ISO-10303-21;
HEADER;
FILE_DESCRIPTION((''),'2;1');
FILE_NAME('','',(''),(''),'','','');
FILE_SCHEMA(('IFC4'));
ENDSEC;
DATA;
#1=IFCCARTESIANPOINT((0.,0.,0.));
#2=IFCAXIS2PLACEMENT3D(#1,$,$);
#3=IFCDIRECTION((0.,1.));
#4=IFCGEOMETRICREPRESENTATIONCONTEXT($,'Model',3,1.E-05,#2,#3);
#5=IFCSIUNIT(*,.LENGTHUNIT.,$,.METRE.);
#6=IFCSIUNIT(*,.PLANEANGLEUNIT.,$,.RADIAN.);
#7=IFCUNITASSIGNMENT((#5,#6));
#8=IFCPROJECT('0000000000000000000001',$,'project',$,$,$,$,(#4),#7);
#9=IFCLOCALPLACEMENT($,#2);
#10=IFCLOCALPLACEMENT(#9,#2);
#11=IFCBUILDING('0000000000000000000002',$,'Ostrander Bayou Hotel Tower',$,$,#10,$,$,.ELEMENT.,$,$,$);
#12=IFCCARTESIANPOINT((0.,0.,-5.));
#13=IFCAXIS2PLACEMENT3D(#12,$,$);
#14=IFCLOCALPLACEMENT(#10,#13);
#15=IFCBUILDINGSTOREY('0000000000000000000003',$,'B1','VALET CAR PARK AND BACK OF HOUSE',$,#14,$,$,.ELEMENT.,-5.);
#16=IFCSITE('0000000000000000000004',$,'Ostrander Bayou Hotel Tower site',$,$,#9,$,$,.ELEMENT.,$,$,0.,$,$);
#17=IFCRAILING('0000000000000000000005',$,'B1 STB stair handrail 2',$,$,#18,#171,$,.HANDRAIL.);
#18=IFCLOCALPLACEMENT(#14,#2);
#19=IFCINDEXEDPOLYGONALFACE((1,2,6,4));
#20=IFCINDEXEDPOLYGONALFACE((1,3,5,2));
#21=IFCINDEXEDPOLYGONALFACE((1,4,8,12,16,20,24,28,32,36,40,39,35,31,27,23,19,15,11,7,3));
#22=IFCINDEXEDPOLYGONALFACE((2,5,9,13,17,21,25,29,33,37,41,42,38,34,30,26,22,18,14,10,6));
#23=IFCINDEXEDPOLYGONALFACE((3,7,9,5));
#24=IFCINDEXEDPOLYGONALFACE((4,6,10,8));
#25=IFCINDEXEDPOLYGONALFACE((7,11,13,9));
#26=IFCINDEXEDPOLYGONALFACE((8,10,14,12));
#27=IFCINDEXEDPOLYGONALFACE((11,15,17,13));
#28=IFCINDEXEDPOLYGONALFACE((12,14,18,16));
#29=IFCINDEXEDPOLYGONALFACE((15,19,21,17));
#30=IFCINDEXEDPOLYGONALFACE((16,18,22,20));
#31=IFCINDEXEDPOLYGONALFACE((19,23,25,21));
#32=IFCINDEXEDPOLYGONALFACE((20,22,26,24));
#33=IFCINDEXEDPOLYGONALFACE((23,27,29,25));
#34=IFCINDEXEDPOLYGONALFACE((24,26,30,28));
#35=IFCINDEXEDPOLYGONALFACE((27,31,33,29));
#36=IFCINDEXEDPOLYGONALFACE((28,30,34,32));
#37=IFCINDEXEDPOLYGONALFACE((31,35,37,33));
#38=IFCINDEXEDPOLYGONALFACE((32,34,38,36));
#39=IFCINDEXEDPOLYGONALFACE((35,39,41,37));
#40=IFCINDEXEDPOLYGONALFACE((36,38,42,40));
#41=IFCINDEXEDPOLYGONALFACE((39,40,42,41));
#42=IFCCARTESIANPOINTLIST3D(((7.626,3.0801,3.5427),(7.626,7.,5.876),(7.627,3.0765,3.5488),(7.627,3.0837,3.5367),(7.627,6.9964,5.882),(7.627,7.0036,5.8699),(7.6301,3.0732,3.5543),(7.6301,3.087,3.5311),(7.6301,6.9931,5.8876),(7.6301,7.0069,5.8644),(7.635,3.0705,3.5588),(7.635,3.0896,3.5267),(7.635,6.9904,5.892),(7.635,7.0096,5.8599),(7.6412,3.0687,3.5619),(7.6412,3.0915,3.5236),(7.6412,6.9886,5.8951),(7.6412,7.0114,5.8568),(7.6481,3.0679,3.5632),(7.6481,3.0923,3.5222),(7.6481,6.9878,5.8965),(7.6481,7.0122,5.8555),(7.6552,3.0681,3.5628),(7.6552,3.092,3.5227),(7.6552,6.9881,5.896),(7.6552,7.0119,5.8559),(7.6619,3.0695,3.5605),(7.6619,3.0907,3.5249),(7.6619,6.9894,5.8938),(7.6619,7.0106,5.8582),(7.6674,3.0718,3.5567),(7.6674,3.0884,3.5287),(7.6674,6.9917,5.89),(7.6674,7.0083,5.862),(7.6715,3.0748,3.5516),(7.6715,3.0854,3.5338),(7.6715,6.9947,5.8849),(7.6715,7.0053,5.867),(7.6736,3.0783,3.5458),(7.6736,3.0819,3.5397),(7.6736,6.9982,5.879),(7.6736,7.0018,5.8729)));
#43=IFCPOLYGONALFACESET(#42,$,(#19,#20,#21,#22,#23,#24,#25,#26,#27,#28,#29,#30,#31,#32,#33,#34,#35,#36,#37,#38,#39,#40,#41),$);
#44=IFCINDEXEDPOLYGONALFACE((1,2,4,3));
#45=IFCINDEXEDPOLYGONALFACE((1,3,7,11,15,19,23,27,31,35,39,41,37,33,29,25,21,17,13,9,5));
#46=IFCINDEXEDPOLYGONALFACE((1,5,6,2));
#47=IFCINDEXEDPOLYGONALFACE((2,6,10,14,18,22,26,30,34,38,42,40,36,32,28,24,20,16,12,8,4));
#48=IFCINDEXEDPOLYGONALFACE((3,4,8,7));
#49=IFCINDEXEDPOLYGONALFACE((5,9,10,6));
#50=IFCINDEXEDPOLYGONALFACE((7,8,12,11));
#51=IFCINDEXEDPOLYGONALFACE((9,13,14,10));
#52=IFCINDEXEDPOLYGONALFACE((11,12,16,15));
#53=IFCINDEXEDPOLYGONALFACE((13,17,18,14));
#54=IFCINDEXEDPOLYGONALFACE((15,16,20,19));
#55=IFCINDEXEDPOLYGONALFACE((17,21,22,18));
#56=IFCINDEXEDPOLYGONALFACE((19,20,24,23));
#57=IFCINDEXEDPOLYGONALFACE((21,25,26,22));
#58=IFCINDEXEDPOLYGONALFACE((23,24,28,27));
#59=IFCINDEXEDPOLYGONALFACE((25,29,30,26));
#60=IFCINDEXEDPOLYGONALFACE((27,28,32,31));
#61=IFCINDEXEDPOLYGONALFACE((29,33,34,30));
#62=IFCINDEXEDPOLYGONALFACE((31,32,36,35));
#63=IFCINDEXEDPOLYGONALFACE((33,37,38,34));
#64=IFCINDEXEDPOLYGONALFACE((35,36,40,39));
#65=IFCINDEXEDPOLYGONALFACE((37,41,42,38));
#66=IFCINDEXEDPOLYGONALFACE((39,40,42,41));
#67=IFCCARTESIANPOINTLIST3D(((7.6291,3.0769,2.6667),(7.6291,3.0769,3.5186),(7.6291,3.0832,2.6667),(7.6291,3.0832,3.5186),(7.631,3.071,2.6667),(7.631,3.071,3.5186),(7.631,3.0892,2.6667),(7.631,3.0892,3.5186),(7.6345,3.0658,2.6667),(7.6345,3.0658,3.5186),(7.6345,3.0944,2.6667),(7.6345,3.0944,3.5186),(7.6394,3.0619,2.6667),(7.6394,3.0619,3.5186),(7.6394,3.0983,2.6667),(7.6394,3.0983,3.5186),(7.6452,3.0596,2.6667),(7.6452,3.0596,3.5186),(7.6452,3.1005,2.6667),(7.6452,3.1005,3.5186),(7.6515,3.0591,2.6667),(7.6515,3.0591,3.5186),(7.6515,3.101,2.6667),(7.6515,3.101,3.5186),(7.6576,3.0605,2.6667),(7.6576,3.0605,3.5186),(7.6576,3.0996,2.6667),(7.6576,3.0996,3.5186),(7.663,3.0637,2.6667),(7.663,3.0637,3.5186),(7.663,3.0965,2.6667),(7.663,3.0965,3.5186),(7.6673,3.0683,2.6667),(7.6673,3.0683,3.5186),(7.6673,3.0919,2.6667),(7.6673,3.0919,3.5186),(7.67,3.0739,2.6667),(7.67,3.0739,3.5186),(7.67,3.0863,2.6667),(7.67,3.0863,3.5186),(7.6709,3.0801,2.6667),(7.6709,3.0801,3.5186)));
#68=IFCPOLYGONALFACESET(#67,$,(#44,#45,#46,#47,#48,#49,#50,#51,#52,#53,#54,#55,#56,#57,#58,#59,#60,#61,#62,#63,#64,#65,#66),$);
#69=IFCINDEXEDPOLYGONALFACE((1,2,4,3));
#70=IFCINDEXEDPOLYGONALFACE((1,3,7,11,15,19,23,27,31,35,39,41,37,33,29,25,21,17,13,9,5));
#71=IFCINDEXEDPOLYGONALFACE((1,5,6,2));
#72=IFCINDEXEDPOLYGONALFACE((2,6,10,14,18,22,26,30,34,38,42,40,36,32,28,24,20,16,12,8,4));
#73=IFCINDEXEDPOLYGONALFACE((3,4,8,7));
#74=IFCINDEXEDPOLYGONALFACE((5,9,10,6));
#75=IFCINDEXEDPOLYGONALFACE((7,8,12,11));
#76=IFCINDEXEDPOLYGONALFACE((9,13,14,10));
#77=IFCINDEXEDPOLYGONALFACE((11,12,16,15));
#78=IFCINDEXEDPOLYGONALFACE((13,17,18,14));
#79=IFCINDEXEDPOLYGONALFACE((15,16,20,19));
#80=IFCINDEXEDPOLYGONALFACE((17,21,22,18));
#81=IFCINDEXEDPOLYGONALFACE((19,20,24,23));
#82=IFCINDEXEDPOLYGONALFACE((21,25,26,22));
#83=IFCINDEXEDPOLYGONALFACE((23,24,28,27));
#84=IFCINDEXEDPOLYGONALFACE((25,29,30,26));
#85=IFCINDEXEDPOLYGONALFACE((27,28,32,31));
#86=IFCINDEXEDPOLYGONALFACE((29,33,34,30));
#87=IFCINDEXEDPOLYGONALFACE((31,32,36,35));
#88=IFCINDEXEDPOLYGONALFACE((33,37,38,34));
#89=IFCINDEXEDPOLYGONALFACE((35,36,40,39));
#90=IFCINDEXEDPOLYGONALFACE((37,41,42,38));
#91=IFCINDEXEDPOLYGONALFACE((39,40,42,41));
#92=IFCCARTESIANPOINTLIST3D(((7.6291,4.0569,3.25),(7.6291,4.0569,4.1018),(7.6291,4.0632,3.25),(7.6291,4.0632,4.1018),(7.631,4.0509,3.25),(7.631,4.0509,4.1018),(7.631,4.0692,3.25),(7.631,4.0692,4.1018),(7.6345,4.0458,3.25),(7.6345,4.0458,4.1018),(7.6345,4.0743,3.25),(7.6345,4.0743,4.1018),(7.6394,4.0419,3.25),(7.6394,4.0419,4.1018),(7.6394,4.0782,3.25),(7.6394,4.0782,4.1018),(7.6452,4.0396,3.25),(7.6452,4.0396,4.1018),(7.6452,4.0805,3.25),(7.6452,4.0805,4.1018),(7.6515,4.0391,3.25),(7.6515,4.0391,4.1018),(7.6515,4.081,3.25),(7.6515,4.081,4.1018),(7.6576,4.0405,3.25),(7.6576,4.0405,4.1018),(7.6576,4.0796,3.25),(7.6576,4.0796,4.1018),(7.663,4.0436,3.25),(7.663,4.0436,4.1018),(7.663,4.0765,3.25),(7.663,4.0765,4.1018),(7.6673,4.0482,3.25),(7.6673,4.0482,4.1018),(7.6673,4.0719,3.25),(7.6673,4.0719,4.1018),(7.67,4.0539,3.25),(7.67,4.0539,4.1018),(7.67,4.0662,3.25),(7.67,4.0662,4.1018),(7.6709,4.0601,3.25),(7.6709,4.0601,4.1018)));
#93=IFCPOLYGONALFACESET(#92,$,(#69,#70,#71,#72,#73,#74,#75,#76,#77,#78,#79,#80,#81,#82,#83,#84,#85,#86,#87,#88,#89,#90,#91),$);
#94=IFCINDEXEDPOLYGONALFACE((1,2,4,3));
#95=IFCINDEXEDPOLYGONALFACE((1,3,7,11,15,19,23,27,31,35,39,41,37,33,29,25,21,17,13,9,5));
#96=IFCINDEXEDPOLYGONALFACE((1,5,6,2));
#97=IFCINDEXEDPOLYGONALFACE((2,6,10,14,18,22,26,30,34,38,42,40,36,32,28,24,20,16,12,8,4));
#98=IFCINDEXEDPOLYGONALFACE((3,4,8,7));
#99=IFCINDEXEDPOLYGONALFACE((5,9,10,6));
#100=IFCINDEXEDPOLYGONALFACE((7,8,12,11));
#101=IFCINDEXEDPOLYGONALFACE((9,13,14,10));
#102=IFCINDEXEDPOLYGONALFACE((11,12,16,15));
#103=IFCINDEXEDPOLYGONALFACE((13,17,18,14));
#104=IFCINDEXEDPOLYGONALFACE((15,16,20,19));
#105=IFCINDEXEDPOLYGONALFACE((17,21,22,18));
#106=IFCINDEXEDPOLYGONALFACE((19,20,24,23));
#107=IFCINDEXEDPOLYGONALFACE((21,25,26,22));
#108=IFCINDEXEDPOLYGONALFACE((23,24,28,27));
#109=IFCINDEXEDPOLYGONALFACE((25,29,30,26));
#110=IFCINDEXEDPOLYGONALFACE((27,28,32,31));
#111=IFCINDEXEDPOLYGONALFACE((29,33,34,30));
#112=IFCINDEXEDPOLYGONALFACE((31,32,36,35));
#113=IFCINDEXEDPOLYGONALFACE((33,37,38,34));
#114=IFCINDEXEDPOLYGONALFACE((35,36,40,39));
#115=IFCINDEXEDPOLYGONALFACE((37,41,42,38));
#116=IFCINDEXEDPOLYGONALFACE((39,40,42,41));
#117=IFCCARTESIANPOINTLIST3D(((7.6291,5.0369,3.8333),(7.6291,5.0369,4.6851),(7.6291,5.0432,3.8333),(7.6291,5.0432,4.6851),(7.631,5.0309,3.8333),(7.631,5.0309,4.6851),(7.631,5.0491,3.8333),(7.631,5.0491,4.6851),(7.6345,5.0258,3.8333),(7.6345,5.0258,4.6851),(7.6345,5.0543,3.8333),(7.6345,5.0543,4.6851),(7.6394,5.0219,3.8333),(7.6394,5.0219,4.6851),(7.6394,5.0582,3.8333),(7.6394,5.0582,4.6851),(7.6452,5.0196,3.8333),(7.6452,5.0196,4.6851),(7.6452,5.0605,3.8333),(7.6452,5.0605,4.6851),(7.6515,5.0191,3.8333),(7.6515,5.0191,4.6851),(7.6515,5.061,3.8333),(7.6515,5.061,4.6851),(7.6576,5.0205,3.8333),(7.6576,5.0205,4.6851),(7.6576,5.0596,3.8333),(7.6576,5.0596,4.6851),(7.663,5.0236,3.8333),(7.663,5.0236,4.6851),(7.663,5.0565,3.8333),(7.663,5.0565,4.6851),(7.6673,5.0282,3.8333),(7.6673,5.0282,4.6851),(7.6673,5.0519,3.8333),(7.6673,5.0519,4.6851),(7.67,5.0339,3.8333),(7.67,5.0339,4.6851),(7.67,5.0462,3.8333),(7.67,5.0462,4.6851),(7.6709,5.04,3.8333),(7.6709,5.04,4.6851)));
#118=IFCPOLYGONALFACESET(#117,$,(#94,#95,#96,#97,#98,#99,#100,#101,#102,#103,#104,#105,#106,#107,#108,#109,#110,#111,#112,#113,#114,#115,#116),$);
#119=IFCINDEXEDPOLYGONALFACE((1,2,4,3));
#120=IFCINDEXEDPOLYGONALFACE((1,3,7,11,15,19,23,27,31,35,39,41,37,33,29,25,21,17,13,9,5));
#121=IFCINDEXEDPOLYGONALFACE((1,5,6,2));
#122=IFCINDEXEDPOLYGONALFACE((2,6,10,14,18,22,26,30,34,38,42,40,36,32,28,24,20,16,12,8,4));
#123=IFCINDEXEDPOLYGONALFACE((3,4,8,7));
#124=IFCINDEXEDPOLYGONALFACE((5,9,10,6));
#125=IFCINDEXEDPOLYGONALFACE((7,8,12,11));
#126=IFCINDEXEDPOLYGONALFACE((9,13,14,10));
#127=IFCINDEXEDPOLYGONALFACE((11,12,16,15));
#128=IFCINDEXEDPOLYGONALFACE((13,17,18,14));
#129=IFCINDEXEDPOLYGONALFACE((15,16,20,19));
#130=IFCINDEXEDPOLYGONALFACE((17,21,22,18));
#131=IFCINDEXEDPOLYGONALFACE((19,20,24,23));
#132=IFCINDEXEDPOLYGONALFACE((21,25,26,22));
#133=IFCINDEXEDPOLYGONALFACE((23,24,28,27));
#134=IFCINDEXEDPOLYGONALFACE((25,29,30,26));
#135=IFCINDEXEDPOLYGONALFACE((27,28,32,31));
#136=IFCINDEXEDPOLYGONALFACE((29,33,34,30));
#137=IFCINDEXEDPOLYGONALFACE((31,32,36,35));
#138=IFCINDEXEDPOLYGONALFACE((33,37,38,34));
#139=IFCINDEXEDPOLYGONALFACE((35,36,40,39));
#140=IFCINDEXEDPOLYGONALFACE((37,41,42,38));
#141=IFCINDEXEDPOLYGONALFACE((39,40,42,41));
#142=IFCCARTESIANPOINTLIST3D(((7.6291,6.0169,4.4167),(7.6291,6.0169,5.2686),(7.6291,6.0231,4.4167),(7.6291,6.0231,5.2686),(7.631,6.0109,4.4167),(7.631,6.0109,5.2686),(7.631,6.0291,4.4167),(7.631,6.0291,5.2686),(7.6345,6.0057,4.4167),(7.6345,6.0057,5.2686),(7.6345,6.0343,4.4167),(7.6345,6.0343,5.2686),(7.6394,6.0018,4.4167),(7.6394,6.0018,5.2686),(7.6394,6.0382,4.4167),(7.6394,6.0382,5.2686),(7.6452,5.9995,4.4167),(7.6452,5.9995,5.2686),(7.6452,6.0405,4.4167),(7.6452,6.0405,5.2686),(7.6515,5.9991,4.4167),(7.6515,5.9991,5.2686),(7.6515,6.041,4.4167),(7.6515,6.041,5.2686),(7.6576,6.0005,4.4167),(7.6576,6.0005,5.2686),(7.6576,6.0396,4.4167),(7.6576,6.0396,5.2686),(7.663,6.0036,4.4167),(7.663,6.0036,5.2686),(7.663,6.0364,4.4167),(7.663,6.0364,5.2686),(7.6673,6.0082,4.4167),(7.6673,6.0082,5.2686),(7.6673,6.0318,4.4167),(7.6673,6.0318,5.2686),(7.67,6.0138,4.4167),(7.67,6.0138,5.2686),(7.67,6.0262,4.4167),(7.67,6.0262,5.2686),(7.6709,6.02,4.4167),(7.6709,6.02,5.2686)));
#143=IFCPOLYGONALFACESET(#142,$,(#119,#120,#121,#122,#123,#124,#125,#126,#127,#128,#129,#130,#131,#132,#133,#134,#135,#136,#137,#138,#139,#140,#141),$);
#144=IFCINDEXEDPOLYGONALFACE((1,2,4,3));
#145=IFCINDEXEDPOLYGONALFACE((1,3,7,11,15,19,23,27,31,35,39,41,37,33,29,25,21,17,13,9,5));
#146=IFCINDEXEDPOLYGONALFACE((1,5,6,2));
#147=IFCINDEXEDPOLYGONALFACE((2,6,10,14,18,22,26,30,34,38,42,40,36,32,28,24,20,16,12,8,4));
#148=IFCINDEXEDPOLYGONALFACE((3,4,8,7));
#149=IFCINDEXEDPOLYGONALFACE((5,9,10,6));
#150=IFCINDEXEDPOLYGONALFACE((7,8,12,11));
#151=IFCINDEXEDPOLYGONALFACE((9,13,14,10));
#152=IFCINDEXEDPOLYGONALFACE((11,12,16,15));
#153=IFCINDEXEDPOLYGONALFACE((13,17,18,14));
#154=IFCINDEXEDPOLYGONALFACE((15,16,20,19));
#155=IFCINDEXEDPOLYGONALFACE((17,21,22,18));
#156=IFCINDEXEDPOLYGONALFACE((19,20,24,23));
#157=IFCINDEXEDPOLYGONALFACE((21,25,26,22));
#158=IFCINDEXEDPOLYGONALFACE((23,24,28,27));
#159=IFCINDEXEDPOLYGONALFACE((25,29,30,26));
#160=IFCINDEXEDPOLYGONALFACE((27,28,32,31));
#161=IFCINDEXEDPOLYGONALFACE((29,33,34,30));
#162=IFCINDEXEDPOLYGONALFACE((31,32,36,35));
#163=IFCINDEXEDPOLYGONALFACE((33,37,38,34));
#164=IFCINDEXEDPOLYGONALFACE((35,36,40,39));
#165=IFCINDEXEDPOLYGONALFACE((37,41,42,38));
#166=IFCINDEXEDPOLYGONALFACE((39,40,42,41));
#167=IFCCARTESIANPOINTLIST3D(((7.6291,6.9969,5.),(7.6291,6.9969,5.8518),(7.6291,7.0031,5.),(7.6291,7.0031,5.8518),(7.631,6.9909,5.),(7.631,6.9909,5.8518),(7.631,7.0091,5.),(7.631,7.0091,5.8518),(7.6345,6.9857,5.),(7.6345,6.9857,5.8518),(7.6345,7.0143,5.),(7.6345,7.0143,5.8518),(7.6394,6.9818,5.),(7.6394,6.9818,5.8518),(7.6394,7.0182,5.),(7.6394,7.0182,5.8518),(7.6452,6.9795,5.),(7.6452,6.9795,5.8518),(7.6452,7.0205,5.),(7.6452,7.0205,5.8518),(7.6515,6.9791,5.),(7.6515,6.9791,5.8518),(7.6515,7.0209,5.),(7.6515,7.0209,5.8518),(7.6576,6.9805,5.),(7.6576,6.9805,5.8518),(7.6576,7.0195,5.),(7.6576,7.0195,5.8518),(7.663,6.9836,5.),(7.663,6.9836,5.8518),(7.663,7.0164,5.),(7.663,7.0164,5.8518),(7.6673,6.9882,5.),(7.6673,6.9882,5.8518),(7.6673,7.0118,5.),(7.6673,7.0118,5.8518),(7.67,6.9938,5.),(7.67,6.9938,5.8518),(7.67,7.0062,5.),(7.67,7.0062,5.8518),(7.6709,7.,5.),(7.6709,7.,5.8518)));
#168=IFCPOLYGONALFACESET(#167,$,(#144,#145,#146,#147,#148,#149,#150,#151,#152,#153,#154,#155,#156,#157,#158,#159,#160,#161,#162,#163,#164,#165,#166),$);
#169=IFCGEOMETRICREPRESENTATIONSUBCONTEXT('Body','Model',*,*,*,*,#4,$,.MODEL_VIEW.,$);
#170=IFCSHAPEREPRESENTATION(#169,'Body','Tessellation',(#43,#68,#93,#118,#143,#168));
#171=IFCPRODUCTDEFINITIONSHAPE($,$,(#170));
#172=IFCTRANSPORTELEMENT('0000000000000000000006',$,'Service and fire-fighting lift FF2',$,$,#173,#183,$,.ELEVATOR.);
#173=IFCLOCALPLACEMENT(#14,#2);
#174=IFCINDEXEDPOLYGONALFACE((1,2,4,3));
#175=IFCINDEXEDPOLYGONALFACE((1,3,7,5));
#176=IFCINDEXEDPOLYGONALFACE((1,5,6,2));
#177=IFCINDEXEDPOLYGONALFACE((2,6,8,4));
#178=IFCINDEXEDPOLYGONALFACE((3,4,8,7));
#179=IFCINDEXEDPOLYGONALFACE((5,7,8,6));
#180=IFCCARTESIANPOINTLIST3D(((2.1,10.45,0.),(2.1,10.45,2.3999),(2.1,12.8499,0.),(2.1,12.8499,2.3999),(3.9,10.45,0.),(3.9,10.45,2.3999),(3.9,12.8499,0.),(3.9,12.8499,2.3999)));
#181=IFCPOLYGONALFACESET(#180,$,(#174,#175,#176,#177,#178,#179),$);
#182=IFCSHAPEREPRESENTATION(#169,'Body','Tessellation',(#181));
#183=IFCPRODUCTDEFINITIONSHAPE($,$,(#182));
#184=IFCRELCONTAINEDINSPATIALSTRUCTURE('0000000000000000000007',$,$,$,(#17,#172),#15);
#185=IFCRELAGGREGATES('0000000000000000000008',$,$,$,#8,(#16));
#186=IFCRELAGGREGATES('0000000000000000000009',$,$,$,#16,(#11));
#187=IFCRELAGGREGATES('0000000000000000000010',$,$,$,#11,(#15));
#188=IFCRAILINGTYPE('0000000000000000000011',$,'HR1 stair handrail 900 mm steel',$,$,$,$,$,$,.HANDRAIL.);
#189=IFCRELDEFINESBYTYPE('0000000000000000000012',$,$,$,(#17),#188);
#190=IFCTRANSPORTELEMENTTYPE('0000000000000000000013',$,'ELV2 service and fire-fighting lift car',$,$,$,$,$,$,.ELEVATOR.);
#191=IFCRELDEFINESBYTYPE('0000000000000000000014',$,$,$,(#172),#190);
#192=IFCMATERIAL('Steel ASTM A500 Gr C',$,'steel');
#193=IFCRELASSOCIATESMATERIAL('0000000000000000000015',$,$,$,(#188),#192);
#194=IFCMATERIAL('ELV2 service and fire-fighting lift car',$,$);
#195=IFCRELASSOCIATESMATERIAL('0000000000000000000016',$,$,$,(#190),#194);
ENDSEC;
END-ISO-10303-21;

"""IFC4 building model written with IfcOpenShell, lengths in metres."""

from ifc_helpers import new_model, si_unit, direction, frame, origin, origin_2d, place, context, subcontext, project, spatial, rectangle, circle, extrude, material, type_object, element, save


model = new_model("IFC4")

# Units and contexts
model_context = context("Model", 3, precision=1e-05, world=origin(), true_north=direction((0.0, 1.0)))
body_context = subcontext(model_context, "Body", "Model", "MODEL_VIEW")
ifc_project = project(units=[si_unit("LENGTHUNIT", "METRE"), si_unit("PLANEANGLEUNIT", "RADIAN")], contexts=[model_context])

# Site, building, storey
site_placement = place(None, origin())
site = spatial("IfcSite", under=ifc_project, at=site_placement, Name="Ostrander Bayou Hotel Tower site", CompositionType="ELEMENT", RefElevation=0.0)
building_placement = place(site_placement, origin())
building = spatial("IfcBuilding", under=site, at=building_placement, Name="Ostrander Bayou Hotel Tower", CompositionType="ELEMENT")
storey_placement = place(building_placement, frame((0.0, 0.0, -5.0)))
storey = spatial("IfcBuildingStorey", under=building, at=storey_placement, Name="B1", Description="VALET CAR PARK AND BACK OF HOUSE", CompositionType="ELEMENT", Elevation=-5.0)

# Railing
ifc_material_1 = material(Name="Steel ASTM A500 Gr C", Category="steel")
railing_type_1 = type_object("IfcRailingType", Name="HR1 stair handrail 900 mm steel", PredefinedType="HANDRAIL", material=ifc_material_1)
railing_1_placement = place(storey_placement, frame((7.6499, 3.0801, 2.6667)))
element("IfcRailing", 1, at=railing_1_placement, inside=storey, type_object=railing_type_1, Name="B1 STB stair handrail 2", PredefinedType="HANDRAIL", context=body_context, shape_type="SweptSolid", body=[
    extrude(circle(Radius=0.0239, at=origin_2d()), frame((0.0, 0.0, 0.876), z_axis=(0.0, 0.859296, 0.511478), x_axis=(-1.0, 0.0, 0.0)), (0.0, 0.0, 1.0), 4.5618),
    extrude(circle(Radius=0.021, at=origin_2d()), origin(), (0.0, 0.0, 1.0), 0.8518),
    extrude(circle(Radius=0.021, at=origin_2d()), frame((0.0, 0.98, 0.5833)), (0.0, 0.0, 1.0), 0.8518),
    extrude(circle(Radius=0.021, at=origin_2d()), frame((0.0, 1.96, 1.1665)), (0.0, 0.0, 1.0), 0.8518),
    extrude(circle(Radius=0.021, at=origin_2d()), frame((0.0, 2.9399, 1.75)), (0.0, 0.0, 1.0), 0.8518),
    extrude(circle(Radius=0.021, at=origin_2d()), frame((0.0, 3.9199, 2.3333)), (0.0, 0.0, 1.0), 0.8518),
])

# Transport element
ifc_material_2 = material(Name="ELV2 service and fire-fighting lift car")
transport_element_type = type_object("IfcTransportElementType", Name="ELV2 service and fire-fighting lift car", PredefinedType="ELEVATOR", material=ifc_material_2)
transport_element_placement = place(storey_placement, frame((3.0, 11.6499, 0.0), z_axis=(0.0, 0.0, 1.0), x_axis=(1.0, 0.0, 0.0)))
element("IfcTransportElement", 2, at=transport_element_placement, inside=storey, type_object=transport_element_type, Name="Service and fire-fighting lift FF2", PredefinedType="ELEVATOR", context=body_context, shape_type="SweptSolid", body=[
    extrude(rectangle(XDim=1.8, YDim=2.3999, at=origin_2d()), origin(), (0.0, 0.0, 1.0), 2.3999),
])

save(model, "model.ifc")
